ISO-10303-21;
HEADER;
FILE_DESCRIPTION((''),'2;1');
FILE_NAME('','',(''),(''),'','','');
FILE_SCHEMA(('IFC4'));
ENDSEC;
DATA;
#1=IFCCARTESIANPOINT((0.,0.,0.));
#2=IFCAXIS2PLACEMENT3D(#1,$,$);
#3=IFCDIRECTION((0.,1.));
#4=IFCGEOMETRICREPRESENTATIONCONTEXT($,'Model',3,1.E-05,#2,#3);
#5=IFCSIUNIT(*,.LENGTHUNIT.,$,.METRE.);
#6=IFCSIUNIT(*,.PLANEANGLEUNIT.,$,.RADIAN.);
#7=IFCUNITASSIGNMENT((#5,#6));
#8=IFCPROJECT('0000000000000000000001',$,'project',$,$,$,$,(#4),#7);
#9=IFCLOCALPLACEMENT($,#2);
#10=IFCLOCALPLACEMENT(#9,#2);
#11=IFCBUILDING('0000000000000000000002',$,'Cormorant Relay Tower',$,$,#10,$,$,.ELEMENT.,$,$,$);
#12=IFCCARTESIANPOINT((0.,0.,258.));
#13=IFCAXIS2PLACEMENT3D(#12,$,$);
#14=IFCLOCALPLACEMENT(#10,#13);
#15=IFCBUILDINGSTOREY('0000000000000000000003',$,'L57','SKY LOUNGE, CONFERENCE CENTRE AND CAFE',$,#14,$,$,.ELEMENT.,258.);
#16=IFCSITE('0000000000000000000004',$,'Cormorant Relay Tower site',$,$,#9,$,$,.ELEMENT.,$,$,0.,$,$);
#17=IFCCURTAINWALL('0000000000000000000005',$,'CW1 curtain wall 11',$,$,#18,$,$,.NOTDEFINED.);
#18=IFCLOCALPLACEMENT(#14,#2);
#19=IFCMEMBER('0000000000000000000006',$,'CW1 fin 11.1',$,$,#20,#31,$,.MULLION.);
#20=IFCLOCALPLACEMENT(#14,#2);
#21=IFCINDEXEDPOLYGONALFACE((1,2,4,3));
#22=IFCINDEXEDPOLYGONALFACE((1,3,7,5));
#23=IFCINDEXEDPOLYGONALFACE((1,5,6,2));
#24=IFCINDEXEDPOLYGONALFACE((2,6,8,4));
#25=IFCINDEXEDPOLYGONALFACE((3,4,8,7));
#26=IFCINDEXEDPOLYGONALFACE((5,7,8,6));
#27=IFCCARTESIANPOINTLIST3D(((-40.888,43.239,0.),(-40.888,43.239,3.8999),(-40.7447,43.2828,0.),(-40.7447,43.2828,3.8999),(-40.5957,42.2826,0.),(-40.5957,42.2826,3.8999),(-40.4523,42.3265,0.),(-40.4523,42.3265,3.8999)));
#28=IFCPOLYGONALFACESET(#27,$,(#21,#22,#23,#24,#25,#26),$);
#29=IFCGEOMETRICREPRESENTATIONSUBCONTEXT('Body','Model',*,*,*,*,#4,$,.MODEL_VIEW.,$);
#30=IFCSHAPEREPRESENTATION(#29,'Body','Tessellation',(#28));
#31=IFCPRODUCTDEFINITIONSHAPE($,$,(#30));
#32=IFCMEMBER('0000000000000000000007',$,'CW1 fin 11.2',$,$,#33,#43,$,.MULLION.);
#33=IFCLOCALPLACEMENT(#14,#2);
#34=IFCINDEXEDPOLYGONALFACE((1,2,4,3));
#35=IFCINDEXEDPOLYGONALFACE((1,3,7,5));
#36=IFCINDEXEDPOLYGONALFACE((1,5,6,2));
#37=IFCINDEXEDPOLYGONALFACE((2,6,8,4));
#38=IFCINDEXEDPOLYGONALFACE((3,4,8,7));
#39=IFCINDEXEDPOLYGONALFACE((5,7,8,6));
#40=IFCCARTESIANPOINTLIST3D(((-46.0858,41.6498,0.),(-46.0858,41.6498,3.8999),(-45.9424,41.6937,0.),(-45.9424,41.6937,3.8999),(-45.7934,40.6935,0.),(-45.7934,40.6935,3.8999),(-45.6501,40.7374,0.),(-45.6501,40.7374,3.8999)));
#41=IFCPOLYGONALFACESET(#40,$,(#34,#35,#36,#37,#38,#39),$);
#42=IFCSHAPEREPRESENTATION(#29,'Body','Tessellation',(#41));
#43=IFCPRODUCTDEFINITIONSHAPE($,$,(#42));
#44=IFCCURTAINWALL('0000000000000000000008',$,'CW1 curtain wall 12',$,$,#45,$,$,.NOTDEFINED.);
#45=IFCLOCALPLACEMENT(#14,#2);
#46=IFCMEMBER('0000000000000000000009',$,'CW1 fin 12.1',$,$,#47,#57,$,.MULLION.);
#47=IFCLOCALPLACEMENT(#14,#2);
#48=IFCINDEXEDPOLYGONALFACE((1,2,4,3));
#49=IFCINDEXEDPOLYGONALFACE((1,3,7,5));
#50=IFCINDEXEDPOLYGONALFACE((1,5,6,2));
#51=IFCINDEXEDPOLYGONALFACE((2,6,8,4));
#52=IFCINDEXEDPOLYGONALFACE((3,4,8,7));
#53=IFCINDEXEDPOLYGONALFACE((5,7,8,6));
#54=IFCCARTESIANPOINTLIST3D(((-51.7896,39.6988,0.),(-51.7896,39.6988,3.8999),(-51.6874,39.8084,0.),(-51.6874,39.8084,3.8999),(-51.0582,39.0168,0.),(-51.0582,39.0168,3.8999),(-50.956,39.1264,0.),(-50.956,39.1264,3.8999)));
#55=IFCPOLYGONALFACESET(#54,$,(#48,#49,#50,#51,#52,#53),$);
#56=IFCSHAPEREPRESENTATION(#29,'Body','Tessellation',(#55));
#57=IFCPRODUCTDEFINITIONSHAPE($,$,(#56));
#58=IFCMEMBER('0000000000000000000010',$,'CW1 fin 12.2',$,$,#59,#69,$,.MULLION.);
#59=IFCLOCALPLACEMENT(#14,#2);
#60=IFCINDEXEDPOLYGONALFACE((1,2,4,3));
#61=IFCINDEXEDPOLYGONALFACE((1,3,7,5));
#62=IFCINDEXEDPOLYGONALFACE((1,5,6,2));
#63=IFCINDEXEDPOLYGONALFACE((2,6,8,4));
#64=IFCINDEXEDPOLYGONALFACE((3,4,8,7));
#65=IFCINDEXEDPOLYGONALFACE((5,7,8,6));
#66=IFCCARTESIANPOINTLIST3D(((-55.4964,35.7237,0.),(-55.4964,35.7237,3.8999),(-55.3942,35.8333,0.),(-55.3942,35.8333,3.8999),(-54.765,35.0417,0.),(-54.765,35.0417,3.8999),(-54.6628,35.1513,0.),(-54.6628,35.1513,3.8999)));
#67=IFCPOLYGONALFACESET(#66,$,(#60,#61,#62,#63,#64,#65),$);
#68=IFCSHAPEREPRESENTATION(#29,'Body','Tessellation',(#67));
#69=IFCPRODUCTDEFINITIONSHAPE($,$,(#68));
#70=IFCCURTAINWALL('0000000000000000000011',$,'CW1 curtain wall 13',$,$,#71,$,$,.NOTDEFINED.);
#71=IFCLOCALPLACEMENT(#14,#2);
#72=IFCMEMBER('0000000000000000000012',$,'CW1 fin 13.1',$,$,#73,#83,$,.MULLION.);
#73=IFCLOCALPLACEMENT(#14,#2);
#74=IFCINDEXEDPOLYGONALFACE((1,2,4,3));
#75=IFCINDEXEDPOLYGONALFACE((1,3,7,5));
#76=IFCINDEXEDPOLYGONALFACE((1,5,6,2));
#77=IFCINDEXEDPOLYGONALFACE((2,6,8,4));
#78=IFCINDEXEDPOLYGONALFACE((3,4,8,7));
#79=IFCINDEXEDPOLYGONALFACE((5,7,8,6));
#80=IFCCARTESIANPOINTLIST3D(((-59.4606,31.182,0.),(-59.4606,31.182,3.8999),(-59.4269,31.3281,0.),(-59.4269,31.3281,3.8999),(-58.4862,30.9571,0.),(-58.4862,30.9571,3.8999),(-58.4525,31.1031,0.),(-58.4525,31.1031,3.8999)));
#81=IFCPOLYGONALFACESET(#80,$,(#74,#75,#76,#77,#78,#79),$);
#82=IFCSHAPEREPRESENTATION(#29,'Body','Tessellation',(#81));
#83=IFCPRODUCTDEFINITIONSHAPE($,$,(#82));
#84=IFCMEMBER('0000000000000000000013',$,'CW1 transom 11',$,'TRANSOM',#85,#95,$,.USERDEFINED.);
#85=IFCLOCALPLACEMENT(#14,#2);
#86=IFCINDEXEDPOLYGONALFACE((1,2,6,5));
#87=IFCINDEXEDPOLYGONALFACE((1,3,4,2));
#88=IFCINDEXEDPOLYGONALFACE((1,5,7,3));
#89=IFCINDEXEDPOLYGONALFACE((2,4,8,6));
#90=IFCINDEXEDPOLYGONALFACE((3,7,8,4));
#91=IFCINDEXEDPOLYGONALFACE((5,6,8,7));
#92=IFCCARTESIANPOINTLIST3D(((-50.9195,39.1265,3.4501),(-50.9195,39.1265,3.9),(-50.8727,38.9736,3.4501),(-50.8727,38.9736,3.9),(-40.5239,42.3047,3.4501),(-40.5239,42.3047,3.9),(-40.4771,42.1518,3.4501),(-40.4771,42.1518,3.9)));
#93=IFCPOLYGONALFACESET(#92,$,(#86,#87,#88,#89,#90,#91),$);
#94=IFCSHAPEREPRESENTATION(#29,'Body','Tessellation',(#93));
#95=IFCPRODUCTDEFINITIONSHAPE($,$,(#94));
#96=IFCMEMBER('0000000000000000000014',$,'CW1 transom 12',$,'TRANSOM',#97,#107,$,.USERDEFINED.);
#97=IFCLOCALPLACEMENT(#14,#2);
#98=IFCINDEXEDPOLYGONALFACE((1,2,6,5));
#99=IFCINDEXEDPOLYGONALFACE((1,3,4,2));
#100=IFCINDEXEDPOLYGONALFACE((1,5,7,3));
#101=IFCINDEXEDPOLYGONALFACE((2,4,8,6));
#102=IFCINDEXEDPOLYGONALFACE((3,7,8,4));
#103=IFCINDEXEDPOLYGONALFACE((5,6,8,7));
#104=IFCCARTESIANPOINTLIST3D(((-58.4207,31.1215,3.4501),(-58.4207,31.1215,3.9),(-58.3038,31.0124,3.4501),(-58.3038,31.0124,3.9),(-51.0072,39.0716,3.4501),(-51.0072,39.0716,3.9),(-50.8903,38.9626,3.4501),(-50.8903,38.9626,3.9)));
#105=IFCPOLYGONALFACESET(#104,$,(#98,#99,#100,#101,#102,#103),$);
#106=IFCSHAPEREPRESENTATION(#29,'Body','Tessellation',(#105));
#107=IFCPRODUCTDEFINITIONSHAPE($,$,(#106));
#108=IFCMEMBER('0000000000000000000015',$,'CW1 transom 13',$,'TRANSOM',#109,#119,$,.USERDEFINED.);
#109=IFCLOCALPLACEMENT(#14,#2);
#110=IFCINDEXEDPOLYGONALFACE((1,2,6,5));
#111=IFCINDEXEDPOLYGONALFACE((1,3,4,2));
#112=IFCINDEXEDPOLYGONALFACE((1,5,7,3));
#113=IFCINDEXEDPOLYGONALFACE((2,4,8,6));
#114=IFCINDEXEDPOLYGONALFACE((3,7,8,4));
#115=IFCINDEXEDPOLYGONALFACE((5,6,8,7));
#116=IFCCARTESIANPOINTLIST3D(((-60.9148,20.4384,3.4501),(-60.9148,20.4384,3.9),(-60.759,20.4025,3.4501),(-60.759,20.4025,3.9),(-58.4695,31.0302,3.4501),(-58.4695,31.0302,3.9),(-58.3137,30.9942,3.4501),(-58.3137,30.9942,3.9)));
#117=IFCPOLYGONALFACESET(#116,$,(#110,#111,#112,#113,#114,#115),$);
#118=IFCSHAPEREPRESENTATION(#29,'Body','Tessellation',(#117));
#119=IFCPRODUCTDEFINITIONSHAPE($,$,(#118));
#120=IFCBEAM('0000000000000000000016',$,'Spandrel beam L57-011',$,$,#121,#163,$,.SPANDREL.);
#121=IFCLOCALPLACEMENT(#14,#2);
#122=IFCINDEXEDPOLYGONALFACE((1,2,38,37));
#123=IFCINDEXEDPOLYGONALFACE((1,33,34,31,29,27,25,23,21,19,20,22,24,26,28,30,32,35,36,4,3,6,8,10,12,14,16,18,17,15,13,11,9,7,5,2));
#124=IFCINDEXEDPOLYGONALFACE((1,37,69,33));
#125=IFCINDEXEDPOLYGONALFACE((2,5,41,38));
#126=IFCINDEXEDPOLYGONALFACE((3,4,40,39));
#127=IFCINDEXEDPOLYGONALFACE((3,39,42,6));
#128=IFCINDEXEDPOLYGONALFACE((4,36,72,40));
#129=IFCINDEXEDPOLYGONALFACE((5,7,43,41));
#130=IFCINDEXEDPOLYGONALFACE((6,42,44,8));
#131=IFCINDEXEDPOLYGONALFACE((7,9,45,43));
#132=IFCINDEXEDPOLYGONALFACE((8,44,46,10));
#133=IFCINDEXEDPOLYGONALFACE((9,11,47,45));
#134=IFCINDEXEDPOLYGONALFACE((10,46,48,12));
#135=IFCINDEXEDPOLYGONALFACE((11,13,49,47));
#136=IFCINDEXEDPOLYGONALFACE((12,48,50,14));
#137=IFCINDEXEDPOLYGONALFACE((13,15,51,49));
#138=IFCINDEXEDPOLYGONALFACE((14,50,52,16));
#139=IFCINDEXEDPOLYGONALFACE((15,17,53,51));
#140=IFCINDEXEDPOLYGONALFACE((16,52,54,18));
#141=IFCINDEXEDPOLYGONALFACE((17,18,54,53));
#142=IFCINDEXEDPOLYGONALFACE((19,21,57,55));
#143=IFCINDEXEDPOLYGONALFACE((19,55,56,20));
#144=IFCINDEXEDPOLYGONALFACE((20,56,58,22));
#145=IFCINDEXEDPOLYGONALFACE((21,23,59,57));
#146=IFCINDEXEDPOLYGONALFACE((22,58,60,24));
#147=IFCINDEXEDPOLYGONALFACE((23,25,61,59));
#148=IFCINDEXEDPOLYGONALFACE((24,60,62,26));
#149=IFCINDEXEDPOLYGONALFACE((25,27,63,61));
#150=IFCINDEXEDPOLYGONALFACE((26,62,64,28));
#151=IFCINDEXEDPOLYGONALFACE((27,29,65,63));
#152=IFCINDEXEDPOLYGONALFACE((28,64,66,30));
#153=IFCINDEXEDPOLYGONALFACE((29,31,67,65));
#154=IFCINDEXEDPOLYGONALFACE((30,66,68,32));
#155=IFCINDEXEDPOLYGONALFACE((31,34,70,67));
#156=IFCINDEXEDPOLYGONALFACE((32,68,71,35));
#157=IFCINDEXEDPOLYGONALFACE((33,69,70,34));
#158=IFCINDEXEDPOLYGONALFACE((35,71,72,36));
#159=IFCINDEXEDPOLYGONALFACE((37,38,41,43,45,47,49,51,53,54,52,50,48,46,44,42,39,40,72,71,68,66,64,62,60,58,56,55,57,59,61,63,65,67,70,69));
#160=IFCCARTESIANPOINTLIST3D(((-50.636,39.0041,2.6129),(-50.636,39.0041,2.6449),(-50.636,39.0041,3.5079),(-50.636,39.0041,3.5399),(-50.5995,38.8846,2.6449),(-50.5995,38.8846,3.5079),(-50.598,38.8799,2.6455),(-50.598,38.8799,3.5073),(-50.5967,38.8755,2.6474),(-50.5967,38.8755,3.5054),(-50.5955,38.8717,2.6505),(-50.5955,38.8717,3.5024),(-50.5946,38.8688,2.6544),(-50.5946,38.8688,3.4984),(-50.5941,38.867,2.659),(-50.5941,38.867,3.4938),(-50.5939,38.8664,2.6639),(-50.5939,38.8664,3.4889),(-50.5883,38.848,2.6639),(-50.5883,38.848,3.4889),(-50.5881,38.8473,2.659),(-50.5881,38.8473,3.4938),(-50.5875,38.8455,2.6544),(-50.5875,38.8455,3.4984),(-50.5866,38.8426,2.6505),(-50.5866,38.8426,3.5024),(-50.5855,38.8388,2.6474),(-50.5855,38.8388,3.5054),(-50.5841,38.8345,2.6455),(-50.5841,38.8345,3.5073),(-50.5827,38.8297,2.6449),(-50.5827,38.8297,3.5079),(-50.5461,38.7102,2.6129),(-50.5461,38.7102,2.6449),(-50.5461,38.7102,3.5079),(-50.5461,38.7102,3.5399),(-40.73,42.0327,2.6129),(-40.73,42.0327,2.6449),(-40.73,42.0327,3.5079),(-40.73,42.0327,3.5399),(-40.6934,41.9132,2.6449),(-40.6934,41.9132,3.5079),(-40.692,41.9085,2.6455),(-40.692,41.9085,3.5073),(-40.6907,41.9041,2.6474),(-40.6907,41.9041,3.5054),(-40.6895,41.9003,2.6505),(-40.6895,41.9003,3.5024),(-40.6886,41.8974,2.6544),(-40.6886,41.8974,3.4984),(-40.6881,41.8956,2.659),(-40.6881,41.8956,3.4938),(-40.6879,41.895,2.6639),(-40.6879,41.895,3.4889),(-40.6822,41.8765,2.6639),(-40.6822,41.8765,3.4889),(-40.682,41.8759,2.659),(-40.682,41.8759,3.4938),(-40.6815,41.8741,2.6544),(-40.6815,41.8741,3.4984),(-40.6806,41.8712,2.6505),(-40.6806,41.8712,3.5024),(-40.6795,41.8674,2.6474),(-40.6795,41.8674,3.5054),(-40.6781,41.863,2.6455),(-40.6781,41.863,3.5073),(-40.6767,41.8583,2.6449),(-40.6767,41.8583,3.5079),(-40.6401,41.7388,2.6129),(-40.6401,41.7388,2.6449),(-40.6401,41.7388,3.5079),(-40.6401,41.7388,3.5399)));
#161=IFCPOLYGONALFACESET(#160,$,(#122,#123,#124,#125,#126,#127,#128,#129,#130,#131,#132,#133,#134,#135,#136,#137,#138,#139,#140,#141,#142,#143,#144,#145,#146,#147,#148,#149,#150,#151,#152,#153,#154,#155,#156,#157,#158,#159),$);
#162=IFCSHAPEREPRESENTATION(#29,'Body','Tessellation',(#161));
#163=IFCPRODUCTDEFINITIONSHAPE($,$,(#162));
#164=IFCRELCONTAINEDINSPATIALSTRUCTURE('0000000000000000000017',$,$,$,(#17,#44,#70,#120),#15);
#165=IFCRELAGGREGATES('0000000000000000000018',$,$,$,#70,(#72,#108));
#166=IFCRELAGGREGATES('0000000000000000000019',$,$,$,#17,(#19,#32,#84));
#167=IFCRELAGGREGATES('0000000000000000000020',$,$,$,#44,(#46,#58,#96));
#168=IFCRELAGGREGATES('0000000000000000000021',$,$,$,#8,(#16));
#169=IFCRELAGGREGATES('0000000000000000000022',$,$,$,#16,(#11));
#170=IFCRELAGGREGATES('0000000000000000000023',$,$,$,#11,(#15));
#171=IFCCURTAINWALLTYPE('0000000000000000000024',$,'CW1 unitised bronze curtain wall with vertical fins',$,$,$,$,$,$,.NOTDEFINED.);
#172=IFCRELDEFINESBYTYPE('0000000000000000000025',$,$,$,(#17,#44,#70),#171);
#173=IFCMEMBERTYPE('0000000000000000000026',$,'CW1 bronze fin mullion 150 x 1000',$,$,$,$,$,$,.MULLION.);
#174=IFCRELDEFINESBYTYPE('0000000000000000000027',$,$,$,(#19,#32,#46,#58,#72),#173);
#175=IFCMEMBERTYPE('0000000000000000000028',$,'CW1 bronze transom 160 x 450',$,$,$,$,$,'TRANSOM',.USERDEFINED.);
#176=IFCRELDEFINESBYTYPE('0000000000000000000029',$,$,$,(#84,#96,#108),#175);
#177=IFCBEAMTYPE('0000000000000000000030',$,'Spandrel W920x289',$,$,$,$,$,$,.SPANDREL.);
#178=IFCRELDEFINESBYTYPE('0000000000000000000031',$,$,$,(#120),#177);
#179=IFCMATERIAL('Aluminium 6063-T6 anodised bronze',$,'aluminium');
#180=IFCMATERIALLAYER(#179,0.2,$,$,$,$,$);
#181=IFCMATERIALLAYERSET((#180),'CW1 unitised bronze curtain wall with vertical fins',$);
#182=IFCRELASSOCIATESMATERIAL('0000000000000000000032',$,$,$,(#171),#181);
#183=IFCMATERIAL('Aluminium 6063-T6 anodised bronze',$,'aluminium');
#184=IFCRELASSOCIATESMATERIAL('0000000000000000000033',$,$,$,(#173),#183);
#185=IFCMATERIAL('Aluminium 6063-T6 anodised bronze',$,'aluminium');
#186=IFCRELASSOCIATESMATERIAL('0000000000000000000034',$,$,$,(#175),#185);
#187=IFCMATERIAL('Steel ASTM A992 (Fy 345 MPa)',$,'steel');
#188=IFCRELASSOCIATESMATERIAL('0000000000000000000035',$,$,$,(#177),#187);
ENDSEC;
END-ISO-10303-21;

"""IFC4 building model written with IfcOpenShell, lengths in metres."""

from ifc_helpers import new_model, si_unit, direction, frame, origin, origin_2d, place, context, subcontext, project, spatial, rectangle, i_section, extrude, material, layer, layer_set, material_profile, profile_set, type_object, element, aggregate, save


model = new_model("IFC4")

# Units and contexts
model_context = context("Model", 3, precision=1e-05, world=origin(), true_north=direction((0.0, 1.0)))
body_context = subcontext(model_context, "Body", "Model", "MODEL_VIEW")
ifc_project = project(units=[si_unit("LENGTHUNIT", "METRE"), si_unit("PLANEANGLEUNIT", "RADIAN")], contexts=[model_context])

# Site, building, storey
site_placement = place(None, origin())
site = spatial("IfcSite", under=ifc_project, at=site_placement, Name="Cormorant Relay Tower site", CompositionType="ELEMENT", RefElevation=0.0)
building_placement = place(site_placement, origin())
building = spatial("IfcBuilding", under=site, at=building_placement, Name="Cormorant Relay Tower", CompositionType="ELEMENT")
storey_placement = place(building_placement, frame((0.0, 0.0, 258.0)))
storey = spatial("IfcBuildingStorey", under=building, at=storey_placement, Name="L57", Description="SKY LOUNGE, CONFERENCE CENTRE AND CAFE", CompositionType="ELEMENT", Elevation=258.0)

# Shared definitions
ifc_material_1 = material(Name="Aluminium 6063-T6 anodised bronze", Category="aluminium")
ifc_layer_1 = layer(ifc_material_1, 0.2)
ifc_layer_set_1 = layer_set([ifc_layer_1], Name="CW1 unitised bronze curtain wall with vertical fins")
curtain_wall_type = type_object("IfcCurtainWallType", Name="CW1 unitised bronze curtain wall with vertical fins", PredefinedType="NOTDEFINED", material=ifc_layer_set_1)
ifc_material_2 = material(Name="Aluminium 6063-T6 anodised bronze", Category="aluminium")
ifc_material_profile_1 = material_profile(ifc_material_2, rectangle(XDim=0.1499, YDim=1.0, at=origin_2d()), Name="AL 150x1000")
ifc_profile_set_1 = profile_set([ifc_material_profile_1], Name="Aluminium 6063-T6 anodised bronze")
member_type_1 = type_object("IfcMemberType", Name="CW1 bronze fin mullion 150 x 1000", PredefinedType="MULLION", material=ifc_profile_set_1)

# Curtain walls, members
curtain_wall_1_placement = place(storey_placement, origin())
curtain_wall_1 = element("IfcCurtainWall", 1, at=curtain_wall_1_placement, inside=storey, type_object=curtain_wall_type, Name="CW1 curtain wall 11", PredefinedType="NOTDEFINED")
member_1_placement = place(storey_placement, frame((-40.6702, 42.7827, 0.0), z_axis=(0.0, 0.0, 1.0), x_axis=(-0.956305, -0.292372, 0.0)))
member_1 = element("IfcMember", 2, at=member_1_placement, type_object=member_type_1, Name="CW1 fin 11.1", PredefinedType="MULLION", context=body_context, shape_type="SweptSolid", body=[
    extrude(rectangle(XDim=0.1499, YDim=1.0, at=origin_2d()), origin(), (0.0, 0.0, 1.0), 3.8999),
])
member_2_placement = place(storey_placement, frame((-45.8679, 41.1936, 0.0), z_axis=(0.0, 0.0, 1.0), x_axis=(-0.956305, -0.292372, 0.0)))
member_2 = element("IfcMember", 3, at=member_2_placement, type_object=member_type_1, Name="CW1 fin 11.2", PredefinedType="MULLION", context=body_context, shape_type="SweptSolid", body=[
    extrude(rectangle(XDim=0.1499, YDim=1.0, at=origin_2d()), origin(), (0.0, 0.0, 1.0), 3.8999),
])
curtain_wall_2_placement = place(storey_placement, origin())
curtain_wall_2 = element("IfcCurtainWall", 4, at=curtain_wall_2_placement, inside=storey, type_object=curtain_wall_type, Name="CW1 curtain wall 12", PredefinedType="NOTDEFINED")
member_3_placement = place(storey_placement, frame((-51.3728, 39.4126, 0.0), z_axis=(0.0, 0.0, 1.0), x_axis=(-0.681998, -0.731354, 0.0)))
member_3 = element("IfcMember", 5, at=member_3_placement, type_object=member_type_1, Name="CW1 fin 12.1", PredefinedType="MULLION", context=body_context, shape_type="SweptSolid", body=[
    extrude(rectangle(XDim=0.1499, YDim=1.0, at=origin_2d()), origin(), (0.0, 0.0, 1.0), 3.8999),
])
member_4_placement = place(storey_placement, frame((-55.0796, 35.4375, 0.0), z_axis=(0.0, 0.0, 1.0), x_axis=(-0.681998, -0.731354, 0.0)))
member_4 = element("IfcMember", 6, at=member_4_placement, type_object=member_type_1, Name="CW1 fin 12.2", PredefinedType="MULLION", context=body_context, shape_type="SweptSolid", body=[
    extrude(rectangle(XDim=0.1499, YDim=1.0, at=origin_2d()), origin(), (0.0, 0.0, 1.0), 3.8999),
])

# Curtain wall, member
curtain_wall_3_placement = place(storey_placement, origin())
curtain_wall_3 = element("IfcCurtainWall", 7, at=curtain_wall_3_placement, inside=storey, type_object=curtain_wall_type, Name="CW1 curtain wall 13", PredefinedType="NOTDEFINED")
member_5_placement = place(storey_placement, frame((-58.9565, 31.1426, 0.0), z_axis=(0.0, 0.0, 1.0), x_axis=(-0.224951, -0.97437, 0.0)))
member_5 = element("IfcMember", 8, at=member_5_placement, type_object=member_type_1, Name="CW1 fin 13.1", PredefinedType="MULLION", context=body_context, shape_type="SweptSolid", body=[
    extrude(rectangle(XDim=0.1499, YDim=1.0, at=origin_2d()), origin(), (0.0, 0.0, 1.0), 3.8999),
])

# Members
ifc_material_3 = material(Name="Aluminium 6063-T6 anodised bronze", Category="aluminium")
ifc_material_profile_2 = material_profile(ifc_material_3, rectangle(XDim=0.1599, YDim=0.45, at=origin_2d()), Name="AL 160x450")
ifc_profile_set_2 = profile_set([ifc_material_profile_2], Name="Aluminium 6063-T6 anodised bronze")
member_type_2 = type_object("IfcMemberType", Name="CW1 bronze transom 160 x 450", ElementType="TRANSOM", PredefinedType="USERDEFINED", material=ifc_profile_set_2)
member_6_placement = place(storey_placement, frame((-40.5005, 42.2283, 3.675), z_axis=(-0.956305, -0.292371, 0.0), x_axis=(0.292371, -0.956305, 0.0)))
member_6 = element("IfcMember", 9, at=member_6_placement, type_object=member_type_2, Name="CW1 transom 11", ObjectType="TRANSOM", PredefinedType="USERDEFINED", context=body_context, shape_type="SweptSolid", body=[
    extrude(rectangle(XDim=0.1599, YDim=0.45, at=origin_2d()), origin(), (0.0, 0.0, 1.0), 10.8706),
])
member_7_placement = place(storey_placement, frame((-50.9487, 39.0171, 3.675), z_axis=(-0.681993, -0.731358, 0.0), x_axis=(0.731358, -0.681993, 0.0)))
member_7 = element("IfcMember", 10, at=member_7_placement, type_object=member_type_2, Name="CW1 transom 12", ObjectType="TRANSOM", PredefinedType="USERDEFINED", context=body_context, shape_type="SweptSolid", body=[
    extrude(rectangle(XDim=0.1599, YDim=0.45, at=origin_2d()), origin(), (0.0, 0.0, 1.0), 10.8704),
])
member_8_placement = place(storey_placement, frame((-58.3916, 31.0122, 3.675), z_axis=(-0.224951, -0.97437, 0.0), x_axis=(0.97437, -0.224951, 0.0)))
member_8 = element("IfcMember", 11, at=member_8_placement, type_object=member_type_2, Name="CW1 transom 13", ObjectType="TRANSOM", PredefinedType="USERDEFINED", context=body_context, shape_type="SweptSolid", body=[
    extrude(rectangle(XDim=0.1599, YDim=0.45, at=origin_2d()), origin(), (0.0, 0.0, 1.0), 10.8704),
])
aggregate(curtain_wall_3, [member_5, member_8])

# Beam
ifc_material_4 = material(Name="Steel ASTM A992 (Fy 345 MPa)", Category="steel")
ifc_material_profile_3 = material_profile(ifc_material_4, i_section(OverallWidth=0.3074, OverallDepth=0.927, WebThickness=0.0193, FlangeThickness=0.032, FilletRadius=0.019, at=origin_2d()), Name="W920x289")
ifc_profile_set_3 = profile_set([ifc_material_profile_3], Name="Steel ASTM A992 (Fy 345 MPa)")
beam_type = type_object("IfcBeamType", Name="Spandrel W920x289", PredefinedType="SPANDREL", material=ifc_profile_set_3)
beam_1_placement = place(storey_placement, frame((-40.6851, 41.8857, 3.0764), z_axis=(-0.956305, -0.292371, 0.0), x_axis=(0.292371, -0.956305, 0.0)))
element("IfcBeam", 12, at=beam_1_placement, inside=storey, type_object=beam_type, Name="Spandrel beam L57-011", PredefinedType="SPANDREL", context=body_context, shape_type="SweptSolid", body=[
    extrude(i_section(OverallWidth=0.3074, OverallDepth=0.927, WebThickness=0.0193, FlangeThickness=0.032, FilletRadius=0.019, at=origin_2d()), origin(), (0.0, 0.0, 1.0), 10.3586),
])

aggregate(curtain_wall_1, [member_1, member_2, member_6])
aggregate(curtain_wall_2, [member_3, member_4, member_7])

save(model, "model.ifc")
